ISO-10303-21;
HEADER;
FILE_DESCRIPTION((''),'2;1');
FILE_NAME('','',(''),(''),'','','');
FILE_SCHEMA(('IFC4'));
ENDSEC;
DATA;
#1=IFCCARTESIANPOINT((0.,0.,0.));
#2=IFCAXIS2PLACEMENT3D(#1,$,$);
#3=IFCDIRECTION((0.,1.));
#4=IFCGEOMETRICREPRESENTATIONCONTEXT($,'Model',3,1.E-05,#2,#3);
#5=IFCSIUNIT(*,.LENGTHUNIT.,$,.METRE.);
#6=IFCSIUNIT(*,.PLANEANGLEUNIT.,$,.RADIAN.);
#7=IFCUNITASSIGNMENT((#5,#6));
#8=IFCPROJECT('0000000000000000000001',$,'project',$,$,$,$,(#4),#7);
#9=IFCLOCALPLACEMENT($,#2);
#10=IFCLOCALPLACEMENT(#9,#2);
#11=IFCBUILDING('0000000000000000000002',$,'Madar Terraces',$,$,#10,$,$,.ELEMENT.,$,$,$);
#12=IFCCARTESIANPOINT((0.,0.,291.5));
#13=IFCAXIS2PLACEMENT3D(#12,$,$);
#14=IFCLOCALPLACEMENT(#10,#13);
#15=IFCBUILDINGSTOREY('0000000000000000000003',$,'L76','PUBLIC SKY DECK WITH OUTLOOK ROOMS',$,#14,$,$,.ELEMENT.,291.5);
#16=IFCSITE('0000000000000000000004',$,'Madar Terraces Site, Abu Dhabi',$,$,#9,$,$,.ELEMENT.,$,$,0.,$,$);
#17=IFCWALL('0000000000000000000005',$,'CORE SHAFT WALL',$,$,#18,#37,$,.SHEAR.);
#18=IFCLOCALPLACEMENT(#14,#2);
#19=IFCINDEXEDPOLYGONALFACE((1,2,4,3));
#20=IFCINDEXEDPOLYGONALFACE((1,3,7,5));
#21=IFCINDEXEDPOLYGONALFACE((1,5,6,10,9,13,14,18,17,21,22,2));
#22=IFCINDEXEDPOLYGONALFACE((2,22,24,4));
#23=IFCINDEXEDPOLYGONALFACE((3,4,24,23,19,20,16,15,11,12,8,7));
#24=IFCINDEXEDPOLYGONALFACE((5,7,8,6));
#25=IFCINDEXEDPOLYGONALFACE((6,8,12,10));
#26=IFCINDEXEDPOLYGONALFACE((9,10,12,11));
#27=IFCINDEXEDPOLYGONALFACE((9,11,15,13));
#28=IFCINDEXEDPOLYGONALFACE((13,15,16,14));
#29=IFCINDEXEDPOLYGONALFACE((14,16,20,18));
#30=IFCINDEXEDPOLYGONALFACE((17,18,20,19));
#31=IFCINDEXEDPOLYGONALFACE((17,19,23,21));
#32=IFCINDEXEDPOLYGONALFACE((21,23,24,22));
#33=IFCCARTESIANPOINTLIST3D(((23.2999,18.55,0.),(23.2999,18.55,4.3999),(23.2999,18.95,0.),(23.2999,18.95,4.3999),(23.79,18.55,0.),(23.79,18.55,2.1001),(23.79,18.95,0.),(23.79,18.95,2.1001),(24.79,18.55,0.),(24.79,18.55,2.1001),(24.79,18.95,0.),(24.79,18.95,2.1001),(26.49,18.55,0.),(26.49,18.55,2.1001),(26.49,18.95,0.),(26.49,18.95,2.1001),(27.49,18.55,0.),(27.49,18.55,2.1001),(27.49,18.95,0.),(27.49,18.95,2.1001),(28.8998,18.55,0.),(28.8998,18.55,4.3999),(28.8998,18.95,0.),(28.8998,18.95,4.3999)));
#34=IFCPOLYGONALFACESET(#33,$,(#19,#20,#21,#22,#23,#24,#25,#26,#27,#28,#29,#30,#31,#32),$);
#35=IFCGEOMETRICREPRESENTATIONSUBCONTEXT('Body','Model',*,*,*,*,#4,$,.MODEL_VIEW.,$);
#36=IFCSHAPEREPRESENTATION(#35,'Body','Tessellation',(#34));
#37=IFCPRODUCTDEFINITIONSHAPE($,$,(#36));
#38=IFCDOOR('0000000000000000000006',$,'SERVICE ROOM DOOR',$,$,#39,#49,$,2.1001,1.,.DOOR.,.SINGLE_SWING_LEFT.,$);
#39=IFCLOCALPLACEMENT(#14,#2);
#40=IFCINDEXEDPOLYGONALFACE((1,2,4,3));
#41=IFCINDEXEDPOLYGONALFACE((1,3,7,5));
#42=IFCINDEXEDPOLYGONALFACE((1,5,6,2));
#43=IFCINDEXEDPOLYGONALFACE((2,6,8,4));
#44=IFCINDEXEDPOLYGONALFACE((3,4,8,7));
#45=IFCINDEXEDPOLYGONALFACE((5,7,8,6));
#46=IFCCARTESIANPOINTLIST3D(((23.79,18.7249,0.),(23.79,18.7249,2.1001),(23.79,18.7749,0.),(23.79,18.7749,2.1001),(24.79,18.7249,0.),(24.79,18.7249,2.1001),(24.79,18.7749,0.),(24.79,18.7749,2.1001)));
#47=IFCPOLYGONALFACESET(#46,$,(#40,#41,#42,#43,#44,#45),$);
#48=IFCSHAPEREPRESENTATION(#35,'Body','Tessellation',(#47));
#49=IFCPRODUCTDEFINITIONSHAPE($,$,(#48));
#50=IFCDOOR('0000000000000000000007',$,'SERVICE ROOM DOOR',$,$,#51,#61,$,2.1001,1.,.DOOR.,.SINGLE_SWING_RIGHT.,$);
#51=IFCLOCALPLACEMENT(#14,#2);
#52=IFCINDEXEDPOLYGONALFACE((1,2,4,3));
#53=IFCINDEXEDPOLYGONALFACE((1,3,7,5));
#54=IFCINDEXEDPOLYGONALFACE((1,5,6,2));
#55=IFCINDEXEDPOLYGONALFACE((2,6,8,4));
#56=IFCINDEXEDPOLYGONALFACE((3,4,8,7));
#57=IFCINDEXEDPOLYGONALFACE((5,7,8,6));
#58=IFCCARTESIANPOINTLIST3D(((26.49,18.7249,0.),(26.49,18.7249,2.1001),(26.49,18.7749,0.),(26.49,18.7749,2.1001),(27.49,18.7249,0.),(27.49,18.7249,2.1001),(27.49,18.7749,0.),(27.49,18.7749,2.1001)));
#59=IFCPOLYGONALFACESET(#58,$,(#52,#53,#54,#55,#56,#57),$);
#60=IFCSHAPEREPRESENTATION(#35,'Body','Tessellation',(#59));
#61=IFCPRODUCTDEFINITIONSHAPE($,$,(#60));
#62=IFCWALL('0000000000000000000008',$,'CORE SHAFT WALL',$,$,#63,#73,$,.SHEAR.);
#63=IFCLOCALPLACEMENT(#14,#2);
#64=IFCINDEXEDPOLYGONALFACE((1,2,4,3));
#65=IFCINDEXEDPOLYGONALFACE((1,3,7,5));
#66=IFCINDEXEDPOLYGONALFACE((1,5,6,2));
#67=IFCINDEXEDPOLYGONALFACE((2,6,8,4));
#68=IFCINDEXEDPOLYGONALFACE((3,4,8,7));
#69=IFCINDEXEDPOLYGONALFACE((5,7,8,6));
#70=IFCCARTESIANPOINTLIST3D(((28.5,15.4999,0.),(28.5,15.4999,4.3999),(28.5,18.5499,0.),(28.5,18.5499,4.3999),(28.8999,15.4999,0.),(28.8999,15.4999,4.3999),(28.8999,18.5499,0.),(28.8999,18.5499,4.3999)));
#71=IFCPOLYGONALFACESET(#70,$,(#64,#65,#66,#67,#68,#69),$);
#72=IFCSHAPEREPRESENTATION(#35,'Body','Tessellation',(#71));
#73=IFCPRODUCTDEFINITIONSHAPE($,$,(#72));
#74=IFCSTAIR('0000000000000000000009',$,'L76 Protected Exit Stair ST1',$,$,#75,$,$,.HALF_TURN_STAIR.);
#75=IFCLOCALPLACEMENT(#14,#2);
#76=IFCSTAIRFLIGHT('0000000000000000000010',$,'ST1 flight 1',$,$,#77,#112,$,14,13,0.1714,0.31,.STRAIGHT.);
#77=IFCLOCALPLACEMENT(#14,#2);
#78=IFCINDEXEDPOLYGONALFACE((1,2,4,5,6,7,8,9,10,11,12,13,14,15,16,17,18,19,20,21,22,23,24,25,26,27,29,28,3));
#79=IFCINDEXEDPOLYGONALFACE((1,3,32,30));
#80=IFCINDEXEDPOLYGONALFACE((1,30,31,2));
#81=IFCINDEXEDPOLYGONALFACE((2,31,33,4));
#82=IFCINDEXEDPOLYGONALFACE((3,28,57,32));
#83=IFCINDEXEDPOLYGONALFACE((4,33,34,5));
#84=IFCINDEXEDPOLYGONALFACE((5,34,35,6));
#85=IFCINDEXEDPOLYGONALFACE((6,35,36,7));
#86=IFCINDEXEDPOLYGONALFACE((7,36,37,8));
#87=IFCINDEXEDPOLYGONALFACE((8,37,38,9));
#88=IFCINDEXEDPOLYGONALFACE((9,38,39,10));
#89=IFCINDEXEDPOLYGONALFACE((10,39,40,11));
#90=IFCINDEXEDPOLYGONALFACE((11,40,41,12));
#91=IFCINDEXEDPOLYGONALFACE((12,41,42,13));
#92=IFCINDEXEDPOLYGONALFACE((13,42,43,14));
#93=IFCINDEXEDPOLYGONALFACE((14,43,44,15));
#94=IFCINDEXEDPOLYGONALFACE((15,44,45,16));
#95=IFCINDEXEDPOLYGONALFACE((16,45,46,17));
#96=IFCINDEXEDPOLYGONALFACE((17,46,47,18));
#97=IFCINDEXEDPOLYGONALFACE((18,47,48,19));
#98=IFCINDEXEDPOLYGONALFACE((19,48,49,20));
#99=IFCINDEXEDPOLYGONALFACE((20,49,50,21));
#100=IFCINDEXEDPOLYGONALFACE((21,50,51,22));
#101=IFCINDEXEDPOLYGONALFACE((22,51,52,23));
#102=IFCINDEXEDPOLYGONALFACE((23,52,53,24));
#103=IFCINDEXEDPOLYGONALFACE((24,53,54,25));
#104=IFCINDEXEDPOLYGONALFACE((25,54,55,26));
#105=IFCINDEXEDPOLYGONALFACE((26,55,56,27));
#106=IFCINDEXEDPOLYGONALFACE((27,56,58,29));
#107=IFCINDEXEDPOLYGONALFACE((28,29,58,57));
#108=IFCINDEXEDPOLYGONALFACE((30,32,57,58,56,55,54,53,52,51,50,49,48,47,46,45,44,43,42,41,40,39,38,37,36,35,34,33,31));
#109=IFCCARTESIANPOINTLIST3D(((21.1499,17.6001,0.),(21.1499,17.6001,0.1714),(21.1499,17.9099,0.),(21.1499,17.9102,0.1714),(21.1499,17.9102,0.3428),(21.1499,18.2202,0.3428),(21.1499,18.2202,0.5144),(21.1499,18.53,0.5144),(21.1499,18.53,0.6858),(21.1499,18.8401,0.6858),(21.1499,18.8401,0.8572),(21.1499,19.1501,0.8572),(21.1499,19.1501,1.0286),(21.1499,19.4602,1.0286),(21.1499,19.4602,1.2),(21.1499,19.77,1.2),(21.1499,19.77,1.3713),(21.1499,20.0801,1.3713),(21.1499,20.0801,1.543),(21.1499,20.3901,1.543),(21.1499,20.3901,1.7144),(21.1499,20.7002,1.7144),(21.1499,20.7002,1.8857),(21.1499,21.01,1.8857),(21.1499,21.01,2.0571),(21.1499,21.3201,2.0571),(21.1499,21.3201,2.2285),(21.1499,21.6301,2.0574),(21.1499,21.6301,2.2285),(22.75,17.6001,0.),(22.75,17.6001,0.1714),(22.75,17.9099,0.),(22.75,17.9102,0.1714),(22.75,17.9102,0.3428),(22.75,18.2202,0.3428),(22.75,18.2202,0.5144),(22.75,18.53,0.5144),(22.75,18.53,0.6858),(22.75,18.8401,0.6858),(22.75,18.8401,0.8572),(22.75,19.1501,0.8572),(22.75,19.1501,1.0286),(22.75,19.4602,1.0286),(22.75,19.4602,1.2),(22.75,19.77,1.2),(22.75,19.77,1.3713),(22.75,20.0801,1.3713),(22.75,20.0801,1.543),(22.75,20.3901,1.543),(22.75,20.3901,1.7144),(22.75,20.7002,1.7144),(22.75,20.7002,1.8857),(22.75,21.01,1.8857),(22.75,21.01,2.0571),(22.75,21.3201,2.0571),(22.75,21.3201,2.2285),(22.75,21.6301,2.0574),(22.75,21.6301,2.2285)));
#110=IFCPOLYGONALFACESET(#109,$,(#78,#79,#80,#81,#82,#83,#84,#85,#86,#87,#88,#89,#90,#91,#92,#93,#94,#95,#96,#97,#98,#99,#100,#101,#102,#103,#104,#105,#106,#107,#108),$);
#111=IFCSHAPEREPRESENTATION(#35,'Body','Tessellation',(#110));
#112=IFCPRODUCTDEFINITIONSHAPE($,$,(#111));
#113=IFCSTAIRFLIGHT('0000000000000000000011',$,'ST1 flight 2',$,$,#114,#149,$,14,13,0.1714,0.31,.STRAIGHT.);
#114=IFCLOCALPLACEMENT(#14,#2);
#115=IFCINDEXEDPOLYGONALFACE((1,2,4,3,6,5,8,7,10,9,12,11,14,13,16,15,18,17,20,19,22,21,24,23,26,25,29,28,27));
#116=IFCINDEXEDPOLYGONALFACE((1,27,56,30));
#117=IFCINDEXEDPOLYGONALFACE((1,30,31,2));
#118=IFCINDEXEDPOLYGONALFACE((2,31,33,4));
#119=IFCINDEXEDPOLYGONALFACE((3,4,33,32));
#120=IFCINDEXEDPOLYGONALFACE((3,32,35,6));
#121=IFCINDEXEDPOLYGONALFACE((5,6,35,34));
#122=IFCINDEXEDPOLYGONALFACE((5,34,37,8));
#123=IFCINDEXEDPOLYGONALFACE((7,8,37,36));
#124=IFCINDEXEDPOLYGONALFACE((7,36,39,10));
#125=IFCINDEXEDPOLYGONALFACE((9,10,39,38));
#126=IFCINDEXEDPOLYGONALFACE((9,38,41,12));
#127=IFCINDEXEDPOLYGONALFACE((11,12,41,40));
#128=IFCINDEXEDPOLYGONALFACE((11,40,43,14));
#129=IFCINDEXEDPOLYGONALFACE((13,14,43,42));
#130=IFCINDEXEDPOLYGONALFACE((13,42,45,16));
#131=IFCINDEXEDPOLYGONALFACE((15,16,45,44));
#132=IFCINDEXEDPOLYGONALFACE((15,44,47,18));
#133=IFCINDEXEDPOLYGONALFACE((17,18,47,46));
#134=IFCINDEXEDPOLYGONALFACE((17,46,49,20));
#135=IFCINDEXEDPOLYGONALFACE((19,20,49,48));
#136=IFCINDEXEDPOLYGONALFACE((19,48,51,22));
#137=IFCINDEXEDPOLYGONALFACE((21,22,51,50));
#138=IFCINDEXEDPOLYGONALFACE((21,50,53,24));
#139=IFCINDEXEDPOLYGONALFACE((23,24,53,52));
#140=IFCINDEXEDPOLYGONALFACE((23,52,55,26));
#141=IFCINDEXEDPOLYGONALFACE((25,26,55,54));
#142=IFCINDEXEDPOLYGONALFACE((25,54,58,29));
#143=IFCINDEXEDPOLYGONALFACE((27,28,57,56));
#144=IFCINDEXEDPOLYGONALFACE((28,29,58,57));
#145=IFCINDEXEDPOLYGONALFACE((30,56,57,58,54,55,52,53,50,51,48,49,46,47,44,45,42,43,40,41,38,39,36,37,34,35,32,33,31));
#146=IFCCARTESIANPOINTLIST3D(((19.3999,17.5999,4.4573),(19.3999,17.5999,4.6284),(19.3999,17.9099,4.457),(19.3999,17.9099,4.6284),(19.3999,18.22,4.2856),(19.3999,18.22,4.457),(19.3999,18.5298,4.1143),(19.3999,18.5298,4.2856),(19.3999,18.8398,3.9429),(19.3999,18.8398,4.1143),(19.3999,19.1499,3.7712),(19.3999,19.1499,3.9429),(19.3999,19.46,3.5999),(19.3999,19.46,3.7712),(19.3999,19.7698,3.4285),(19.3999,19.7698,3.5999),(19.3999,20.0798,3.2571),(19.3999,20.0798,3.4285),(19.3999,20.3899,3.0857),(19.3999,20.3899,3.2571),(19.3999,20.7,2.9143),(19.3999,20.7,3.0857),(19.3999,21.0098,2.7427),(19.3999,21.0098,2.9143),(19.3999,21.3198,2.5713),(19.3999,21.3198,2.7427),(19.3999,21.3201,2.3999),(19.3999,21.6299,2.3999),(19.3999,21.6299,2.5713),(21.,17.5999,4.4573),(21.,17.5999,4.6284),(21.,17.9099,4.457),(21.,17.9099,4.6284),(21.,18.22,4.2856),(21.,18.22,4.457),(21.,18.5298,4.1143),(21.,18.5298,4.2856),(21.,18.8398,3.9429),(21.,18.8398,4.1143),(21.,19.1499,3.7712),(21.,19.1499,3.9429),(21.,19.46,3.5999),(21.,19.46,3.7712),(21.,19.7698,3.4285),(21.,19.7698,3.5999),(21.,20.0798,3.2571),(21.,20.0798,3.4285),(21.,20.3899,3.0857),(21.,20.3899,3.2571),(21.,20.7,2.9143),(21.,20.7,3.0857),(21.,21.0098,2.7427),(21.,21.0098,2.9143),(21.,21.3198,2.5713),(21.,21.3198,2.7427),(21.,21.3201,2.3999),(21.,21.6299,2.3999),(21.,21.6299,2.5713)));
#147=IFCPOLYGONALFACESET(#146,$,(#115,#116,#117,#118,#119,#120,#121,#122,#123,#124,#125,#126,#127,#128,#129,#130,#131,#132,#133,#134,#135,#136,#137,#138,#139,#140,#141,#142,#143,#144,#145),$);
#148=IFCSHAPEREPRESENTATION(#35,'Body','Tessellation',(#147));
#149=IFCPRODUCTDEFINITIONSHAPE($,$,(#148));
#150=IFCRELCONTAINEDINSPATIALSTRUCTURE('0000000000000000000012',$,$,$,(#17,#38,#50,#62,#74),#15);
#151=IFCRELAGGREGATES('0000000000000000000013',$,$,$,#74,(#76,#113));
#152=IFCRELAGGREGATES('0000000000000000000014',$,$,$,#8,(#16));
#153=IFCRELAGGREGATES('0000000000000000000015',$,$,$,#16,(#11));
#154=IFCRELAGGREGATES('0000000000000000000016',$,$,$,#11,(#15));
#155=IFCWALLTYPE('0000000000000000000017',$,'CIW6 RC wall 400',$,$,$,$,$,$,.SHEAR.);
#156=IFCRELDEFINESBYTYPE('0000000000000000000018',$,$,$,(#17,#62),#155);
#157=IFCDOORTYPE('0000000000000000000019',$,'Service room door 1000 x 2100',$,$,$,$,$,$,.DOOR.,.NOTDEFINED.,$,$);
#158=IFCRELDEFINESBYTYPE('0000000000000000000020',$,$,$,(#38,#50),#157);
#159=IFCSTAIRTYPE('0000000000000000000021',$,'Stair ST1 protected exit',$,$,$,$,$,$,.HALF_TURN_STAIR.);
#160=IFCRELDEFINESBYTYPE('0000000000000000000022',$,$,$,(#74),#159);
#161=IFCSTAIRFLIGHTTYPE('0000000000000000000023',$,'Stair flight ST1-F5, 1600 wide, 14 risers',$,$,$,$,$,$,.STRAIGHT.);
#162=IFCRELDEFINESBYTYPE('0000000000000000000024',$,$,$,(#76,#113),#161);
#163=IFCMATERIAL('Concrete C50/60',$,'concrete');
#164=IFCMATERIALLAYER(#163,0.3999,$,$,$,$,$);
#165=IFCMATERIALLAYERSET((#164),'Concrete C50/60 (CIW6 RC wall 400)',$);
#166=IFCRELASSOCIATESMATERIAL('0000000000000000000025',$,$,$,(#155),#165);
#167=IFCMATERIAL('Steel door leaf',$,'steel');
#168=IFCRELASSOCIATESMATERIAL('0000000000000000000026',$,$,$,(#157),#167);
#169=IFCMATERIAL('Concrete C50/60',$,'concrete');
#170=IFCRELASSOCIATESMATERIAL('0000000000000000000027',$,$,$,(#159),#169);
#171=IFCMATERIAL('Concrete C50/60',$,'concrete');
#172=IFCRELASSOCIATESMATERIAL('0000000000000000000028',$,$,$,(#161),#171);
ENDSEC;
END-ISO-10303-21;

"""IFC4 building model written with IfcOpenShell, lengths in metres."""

from ifc_helpers import new_model, si_unit, direction, frame, frame_2d, origin, place, context, subcontext, project, spatial, polyline, rectangle, outline, extrude, material, layer, layer_set, type_object, element, fill, aggregate, save


model = new_model("IFC4")

# Units and contexts
model_context = context("Model", 3, precision=1e-05, world=origin(), true_north=direction((0.0, 1.0)))
body_context = subcontext(model_context, "Body", "Model", "MODEL_VIEW")
ifc_project = project(units=[si_unit("LENGTHUNIT", "METRE"), si_unit("PLANEANGLEUNIT", "RADIAN")], contexts=[model_context])

# Site, building, storey
site_placement = place(None, origin())
site = spatial("IfcSite", under=ifc_project, at=site_placement, Name="Madar Terraces Site, Abu Dhabi", CompositionType="ELEMENT", RefElevation=0.0)
building_placement = place(site_placement, origin())
building = spatial("IfcBuilding", under=site, at=building_placement, Name="Madar Terraces", CompositionType="ELEMENT")
storey_placement = place(building_placement, frame((0.0, 0.0, 291.5)))
storey = spatial("IfcBuildingStorey", under=building, at=storey_placement, Name="L76", Description="PUBLIC SKY DECK WITH OUTLOOK ROOMS", CompositionType="ELEMENT", Elevation=291.5)

# Wall, openings, doors
ifc_material_1 = material(Name="Concrete C50/60", Category="concrete")
ifc_layer = layer(ifc_material_1, 0.3999)
ifc_layer_set = layer_set([ifc_layer], Name="Concrete C50/60 (CIW6 RC wall 400)")
wall_type = type_object("IfcWallType", Name="CIW6 RC wall 400", PredefinedType="SHEAR", material=ifc_layer_set)
wall_1_placement = place(storey_placement, frame((23.3, 18.75, 0.0), z_axis=(0.0, 0.0, 1.0), x_axis=(1.0, 0.0, 0.0)))
wall_1 = element("IfcWall", 1, at=wall_1_placement, inside=storey, type_object=wall_type, Name="CORE SHAFT WALL", PredefinedType="SHEAR", context=body_context, shape_type="SweptSolid", body=[
    extrude(rectangle(XDim=5.5999, YDim=0.3999, at=frame_2d((2.7998, 0.0))), origin(), (0.0, 0.0, 1.0), 4.3999),
])
opening_1_placement = place(wall_1_placement, frame((0.49, 0.0, 0.0)))
opening_1 = element("IfcOpeningElement", 2, at=opening_1_placement, cuts=wall_1, PredefinedType="OPENING", context=body_context, shape_type="SweptSolid", body=[
    extrude(rectangle(XDim=1.0, YDim=2.1001, at=frame_2d((0.5, 1.05))), frame((0.0, 0.21, 0.0), z_axis=(0.0, -1.0, 0.0), x_axis=(1.0, 0.0, 0.0)), (0.0, 0.0, 1.0), 0.4199),
])
opening_2_placement = place(wall_1_placement, frame((3.1899, 0.0, 0.0)))
opening_2 = element("IfcOpeningElement", 3, at=opening_2_placement, cuts=wall_1, PredefinedType="OPENING", context=body_context, shape_type="SweptSolid", body=[
    extrude(rectangle(XDim=1.0, YDim=2.1001, at=frame_2d((0.5, 1.05))), frame((0.0, 0.21, 0.0), z_axis=(0.0, -1.0, 0.0), x_axis=(1.0, 0.0, 0.0)), (0.0, 0.0, 1.0), 0.4199),
])
ifc_material_2 = material(Name="Steel door leaf", Category="steel")
door_type = type_object("IfcDoorType", Name="Service room door 1000 x 2100", OperationType="NOTDEFINED", PredefinedType="DOOR", material=ifc_material_2)
door_1_placement = place(opening_1_placement, origin())
door_1 = element("IfcDoor", 4, at=door_1_placement, inside=storey, type_object=door_type, Name="SERVICE ROOM DOOR", OperationType="SINGLE_SWING_LEFT", OverallHeight=2.1001, OverallWidth=1.0, PredefinedType="DOOR", context=body_context, shape_type="SweptSolid", body=[
    extrude(rectangle(XDim=1.0, YDim=2.1001, at=frame_2d((0.5, 1.05))), frame((0.0, 0.0249, 0.0), z_axis=(0.0, -1.0, 0.0), x_axis=(1.0, 0.0, 0.0)), (0.0, 0.0, 1.0), 0.05),
])
fill(opening_1, door_1)
door_2_placement = place(opening_2_placement, origin())
door_2 = element("IfcDoor", 5, at=door_2_placement, inside=storey, type_object=door_type, Name="SERVICE ROOM DOOR", OperationType="SINGLE_SWING_RIGHT", OverallHeight=2.1001, OverallWidth=1.0, PredefinedType="DOOR", context=body_context, shape_type="SweptSolid", body=[
    extrude(rectangle(XDim=1.0, YDim=2.1001, at=frame_2d((0.5, 1.05))), frame((0.0, 0.0249, 0.0), z_axis=(0.0, -1.0, 0.0), x_axis=(1.0, 0.0, 0.0)), (0.0, 0.0, 1.0), 0.05),
])
fill(opening_2, door_2)

# Wall
wall_2_placement = place(storey_placement, frame((28.7, 15.5, 0.0), z_axis=(0.0, 0.0, 1.0), x_axis=(0.0, 1.0, 0.0)))
element("IfcWall", 6, at=wall_2_placement, inside=storey, type_object=wall_type, Name="CORE SHAFT WALL", PredefinedType="SHEAR", context=body_context, shape_type="SweptSolid", body=[
    extrude(rectangle(XDim=3.05, YDim=0.3999, at=frame_2d((1.5249, 0.0))), origin(), (0.0, 0.0, 1.0), 4.3999),
])

# Stair, stair flights
ifc_material_3 = material(Name="Concrete C50/60", Category="concrete")
stair_type = type_object("IfcStairType", Name="Stair ST1 protected exit", PredefinedType="HALF_TURN_STAIR", material=ifc_material_3)
stair_placement = place(storey_placement, origin())
stair = element("IfcStair", 7, at=stair_placement, inside=storey, type_object=stair_type, Name="L76 Protected Exit Stair ST1", PredefinedType="HALF_TURN_STAIR")
ifc_material_4 = material(Name="Concrete C50/60", Category="concrete")
stair_flight_type = type_object("IfcStairFlightType", Name="Stair flight ST1-F5, 1600 wide, 14 risers", PredefinedType="STRAIGHT", material=ifc_material_4)
stair_flight_1_placement = place(storey_placement, frame((21.95, 17.6001, 0.0), z_axis=(0.0, 0.0, 1.0), x_axis=(0.0, 1.0, 0.0)))
stair_flight_1 = element("IfcStairFlight", 8, at=stair_flight_1_placement, type_object=stair_flight_type, Name="ST1 flight 1", NumberOfRisers=14, NumberOfTreads=13, PredefinedType="STRAIGHT", RiserHeight=0.1714, TreadLength=0.31, context=body_context, shape_type="SweptSolid", body=[
    extrude(outline(polyline([(0.0, 0.0), (0.0, 0.1714), (0.3101, 0.1714), (0.3101, 0.3428), (0.6201, 0.3428), (0.6201, 0.5144), (0.9299, 0.5144), (0.9299, 0.6858), (1.24, 0.6858), (1.24, 0.8572), (1.55, 0.8572), (1.55, 1.0286), (1.8601, 1.0286), (1.8601, 1.2), (2.1699, 1.2), (2.1699, 1.3713), (2.48, 1.3713), (2.48, 1.543), (2.79, 1.543), (2.79, 1.7144), (3.1001, 1.7144), (3.1001, 1.8857), (3.4099, 1.8857), (3.4099, 2.0571), (3.72, 2.0571), (3.72, 2.2285), (4.03, 2.2285), (4.03, 2.3999), (4.03, 2.0574), (0.3098, 0.0), (0.0, 0.0)])), frame((0.0, 0.8, 0.0), z_axis=(0.0, -1.0, 0.0), x_axis=(1.0, 0.0, 0.0)), (0.0, 0.0, 1.0), 1.6001),
])
stair_flight_2_placement = place(storey_placement, frame((20.2, 21.6299, 2.3999), z_axis=(0.0, 0.0, 1.0), x_axis=(0.0, -1.0, 0.0)))
stair_flight_2 = element("IfcStairFlight", 9, at=stair_flight_2_placement, type_object=stair_flight_type, Name="ST1 flight 2", NumberOfRisers=14, NumberOfTreads=13, PredefinedType="STRAIGHT", RiserHeight=0.1714, TreadLength=0.31, context=body_context, shape_type="SweptSolid", body=[
    extrude(outline(polyline([(0.0, 0.0), (0.0, 0.1714), (0.3101, 0.1714), (0.3101, 0.3428), (0.6201, 0.3428), (0.6201, 0.5144), (0.9299, 0.5144), (0.9299, 0.6858), (1.24, 0.6858), (1.24, 0.8572), (1.55, 0.8572), (1.55, 1.0286), (1.8601, 1.0286), (1.8601, 1.2), (2.1699, 1.2), (2.1699, 1.3713), (2.48, 1.3713), (2.48, 1.543), (2.79, 1.543), (2.79, 1.7144), (3.1001, 1.7144), (3.1001, 1.8857), (3.4099, 1.8857), (3.4099, 2.0571), (3.72, 2.0571), (3.72, 2.2285), (4.03, 2.2285), (4.03, 2.3999), (4.03, 2.0574), (0.3098, 0.0), (0.0, 0.0)])), frame((0.0, 0.8, 0.0), z_axis=(0.0, -1.0, 0.0), x_axis=(1.0, 0.0, 0.0)), (0.0, 0.0, 1.0), 1.6001),
])
aggregate(stair, [stair_flight_1, stair_flight_2])

save(model, "model.ifc")
